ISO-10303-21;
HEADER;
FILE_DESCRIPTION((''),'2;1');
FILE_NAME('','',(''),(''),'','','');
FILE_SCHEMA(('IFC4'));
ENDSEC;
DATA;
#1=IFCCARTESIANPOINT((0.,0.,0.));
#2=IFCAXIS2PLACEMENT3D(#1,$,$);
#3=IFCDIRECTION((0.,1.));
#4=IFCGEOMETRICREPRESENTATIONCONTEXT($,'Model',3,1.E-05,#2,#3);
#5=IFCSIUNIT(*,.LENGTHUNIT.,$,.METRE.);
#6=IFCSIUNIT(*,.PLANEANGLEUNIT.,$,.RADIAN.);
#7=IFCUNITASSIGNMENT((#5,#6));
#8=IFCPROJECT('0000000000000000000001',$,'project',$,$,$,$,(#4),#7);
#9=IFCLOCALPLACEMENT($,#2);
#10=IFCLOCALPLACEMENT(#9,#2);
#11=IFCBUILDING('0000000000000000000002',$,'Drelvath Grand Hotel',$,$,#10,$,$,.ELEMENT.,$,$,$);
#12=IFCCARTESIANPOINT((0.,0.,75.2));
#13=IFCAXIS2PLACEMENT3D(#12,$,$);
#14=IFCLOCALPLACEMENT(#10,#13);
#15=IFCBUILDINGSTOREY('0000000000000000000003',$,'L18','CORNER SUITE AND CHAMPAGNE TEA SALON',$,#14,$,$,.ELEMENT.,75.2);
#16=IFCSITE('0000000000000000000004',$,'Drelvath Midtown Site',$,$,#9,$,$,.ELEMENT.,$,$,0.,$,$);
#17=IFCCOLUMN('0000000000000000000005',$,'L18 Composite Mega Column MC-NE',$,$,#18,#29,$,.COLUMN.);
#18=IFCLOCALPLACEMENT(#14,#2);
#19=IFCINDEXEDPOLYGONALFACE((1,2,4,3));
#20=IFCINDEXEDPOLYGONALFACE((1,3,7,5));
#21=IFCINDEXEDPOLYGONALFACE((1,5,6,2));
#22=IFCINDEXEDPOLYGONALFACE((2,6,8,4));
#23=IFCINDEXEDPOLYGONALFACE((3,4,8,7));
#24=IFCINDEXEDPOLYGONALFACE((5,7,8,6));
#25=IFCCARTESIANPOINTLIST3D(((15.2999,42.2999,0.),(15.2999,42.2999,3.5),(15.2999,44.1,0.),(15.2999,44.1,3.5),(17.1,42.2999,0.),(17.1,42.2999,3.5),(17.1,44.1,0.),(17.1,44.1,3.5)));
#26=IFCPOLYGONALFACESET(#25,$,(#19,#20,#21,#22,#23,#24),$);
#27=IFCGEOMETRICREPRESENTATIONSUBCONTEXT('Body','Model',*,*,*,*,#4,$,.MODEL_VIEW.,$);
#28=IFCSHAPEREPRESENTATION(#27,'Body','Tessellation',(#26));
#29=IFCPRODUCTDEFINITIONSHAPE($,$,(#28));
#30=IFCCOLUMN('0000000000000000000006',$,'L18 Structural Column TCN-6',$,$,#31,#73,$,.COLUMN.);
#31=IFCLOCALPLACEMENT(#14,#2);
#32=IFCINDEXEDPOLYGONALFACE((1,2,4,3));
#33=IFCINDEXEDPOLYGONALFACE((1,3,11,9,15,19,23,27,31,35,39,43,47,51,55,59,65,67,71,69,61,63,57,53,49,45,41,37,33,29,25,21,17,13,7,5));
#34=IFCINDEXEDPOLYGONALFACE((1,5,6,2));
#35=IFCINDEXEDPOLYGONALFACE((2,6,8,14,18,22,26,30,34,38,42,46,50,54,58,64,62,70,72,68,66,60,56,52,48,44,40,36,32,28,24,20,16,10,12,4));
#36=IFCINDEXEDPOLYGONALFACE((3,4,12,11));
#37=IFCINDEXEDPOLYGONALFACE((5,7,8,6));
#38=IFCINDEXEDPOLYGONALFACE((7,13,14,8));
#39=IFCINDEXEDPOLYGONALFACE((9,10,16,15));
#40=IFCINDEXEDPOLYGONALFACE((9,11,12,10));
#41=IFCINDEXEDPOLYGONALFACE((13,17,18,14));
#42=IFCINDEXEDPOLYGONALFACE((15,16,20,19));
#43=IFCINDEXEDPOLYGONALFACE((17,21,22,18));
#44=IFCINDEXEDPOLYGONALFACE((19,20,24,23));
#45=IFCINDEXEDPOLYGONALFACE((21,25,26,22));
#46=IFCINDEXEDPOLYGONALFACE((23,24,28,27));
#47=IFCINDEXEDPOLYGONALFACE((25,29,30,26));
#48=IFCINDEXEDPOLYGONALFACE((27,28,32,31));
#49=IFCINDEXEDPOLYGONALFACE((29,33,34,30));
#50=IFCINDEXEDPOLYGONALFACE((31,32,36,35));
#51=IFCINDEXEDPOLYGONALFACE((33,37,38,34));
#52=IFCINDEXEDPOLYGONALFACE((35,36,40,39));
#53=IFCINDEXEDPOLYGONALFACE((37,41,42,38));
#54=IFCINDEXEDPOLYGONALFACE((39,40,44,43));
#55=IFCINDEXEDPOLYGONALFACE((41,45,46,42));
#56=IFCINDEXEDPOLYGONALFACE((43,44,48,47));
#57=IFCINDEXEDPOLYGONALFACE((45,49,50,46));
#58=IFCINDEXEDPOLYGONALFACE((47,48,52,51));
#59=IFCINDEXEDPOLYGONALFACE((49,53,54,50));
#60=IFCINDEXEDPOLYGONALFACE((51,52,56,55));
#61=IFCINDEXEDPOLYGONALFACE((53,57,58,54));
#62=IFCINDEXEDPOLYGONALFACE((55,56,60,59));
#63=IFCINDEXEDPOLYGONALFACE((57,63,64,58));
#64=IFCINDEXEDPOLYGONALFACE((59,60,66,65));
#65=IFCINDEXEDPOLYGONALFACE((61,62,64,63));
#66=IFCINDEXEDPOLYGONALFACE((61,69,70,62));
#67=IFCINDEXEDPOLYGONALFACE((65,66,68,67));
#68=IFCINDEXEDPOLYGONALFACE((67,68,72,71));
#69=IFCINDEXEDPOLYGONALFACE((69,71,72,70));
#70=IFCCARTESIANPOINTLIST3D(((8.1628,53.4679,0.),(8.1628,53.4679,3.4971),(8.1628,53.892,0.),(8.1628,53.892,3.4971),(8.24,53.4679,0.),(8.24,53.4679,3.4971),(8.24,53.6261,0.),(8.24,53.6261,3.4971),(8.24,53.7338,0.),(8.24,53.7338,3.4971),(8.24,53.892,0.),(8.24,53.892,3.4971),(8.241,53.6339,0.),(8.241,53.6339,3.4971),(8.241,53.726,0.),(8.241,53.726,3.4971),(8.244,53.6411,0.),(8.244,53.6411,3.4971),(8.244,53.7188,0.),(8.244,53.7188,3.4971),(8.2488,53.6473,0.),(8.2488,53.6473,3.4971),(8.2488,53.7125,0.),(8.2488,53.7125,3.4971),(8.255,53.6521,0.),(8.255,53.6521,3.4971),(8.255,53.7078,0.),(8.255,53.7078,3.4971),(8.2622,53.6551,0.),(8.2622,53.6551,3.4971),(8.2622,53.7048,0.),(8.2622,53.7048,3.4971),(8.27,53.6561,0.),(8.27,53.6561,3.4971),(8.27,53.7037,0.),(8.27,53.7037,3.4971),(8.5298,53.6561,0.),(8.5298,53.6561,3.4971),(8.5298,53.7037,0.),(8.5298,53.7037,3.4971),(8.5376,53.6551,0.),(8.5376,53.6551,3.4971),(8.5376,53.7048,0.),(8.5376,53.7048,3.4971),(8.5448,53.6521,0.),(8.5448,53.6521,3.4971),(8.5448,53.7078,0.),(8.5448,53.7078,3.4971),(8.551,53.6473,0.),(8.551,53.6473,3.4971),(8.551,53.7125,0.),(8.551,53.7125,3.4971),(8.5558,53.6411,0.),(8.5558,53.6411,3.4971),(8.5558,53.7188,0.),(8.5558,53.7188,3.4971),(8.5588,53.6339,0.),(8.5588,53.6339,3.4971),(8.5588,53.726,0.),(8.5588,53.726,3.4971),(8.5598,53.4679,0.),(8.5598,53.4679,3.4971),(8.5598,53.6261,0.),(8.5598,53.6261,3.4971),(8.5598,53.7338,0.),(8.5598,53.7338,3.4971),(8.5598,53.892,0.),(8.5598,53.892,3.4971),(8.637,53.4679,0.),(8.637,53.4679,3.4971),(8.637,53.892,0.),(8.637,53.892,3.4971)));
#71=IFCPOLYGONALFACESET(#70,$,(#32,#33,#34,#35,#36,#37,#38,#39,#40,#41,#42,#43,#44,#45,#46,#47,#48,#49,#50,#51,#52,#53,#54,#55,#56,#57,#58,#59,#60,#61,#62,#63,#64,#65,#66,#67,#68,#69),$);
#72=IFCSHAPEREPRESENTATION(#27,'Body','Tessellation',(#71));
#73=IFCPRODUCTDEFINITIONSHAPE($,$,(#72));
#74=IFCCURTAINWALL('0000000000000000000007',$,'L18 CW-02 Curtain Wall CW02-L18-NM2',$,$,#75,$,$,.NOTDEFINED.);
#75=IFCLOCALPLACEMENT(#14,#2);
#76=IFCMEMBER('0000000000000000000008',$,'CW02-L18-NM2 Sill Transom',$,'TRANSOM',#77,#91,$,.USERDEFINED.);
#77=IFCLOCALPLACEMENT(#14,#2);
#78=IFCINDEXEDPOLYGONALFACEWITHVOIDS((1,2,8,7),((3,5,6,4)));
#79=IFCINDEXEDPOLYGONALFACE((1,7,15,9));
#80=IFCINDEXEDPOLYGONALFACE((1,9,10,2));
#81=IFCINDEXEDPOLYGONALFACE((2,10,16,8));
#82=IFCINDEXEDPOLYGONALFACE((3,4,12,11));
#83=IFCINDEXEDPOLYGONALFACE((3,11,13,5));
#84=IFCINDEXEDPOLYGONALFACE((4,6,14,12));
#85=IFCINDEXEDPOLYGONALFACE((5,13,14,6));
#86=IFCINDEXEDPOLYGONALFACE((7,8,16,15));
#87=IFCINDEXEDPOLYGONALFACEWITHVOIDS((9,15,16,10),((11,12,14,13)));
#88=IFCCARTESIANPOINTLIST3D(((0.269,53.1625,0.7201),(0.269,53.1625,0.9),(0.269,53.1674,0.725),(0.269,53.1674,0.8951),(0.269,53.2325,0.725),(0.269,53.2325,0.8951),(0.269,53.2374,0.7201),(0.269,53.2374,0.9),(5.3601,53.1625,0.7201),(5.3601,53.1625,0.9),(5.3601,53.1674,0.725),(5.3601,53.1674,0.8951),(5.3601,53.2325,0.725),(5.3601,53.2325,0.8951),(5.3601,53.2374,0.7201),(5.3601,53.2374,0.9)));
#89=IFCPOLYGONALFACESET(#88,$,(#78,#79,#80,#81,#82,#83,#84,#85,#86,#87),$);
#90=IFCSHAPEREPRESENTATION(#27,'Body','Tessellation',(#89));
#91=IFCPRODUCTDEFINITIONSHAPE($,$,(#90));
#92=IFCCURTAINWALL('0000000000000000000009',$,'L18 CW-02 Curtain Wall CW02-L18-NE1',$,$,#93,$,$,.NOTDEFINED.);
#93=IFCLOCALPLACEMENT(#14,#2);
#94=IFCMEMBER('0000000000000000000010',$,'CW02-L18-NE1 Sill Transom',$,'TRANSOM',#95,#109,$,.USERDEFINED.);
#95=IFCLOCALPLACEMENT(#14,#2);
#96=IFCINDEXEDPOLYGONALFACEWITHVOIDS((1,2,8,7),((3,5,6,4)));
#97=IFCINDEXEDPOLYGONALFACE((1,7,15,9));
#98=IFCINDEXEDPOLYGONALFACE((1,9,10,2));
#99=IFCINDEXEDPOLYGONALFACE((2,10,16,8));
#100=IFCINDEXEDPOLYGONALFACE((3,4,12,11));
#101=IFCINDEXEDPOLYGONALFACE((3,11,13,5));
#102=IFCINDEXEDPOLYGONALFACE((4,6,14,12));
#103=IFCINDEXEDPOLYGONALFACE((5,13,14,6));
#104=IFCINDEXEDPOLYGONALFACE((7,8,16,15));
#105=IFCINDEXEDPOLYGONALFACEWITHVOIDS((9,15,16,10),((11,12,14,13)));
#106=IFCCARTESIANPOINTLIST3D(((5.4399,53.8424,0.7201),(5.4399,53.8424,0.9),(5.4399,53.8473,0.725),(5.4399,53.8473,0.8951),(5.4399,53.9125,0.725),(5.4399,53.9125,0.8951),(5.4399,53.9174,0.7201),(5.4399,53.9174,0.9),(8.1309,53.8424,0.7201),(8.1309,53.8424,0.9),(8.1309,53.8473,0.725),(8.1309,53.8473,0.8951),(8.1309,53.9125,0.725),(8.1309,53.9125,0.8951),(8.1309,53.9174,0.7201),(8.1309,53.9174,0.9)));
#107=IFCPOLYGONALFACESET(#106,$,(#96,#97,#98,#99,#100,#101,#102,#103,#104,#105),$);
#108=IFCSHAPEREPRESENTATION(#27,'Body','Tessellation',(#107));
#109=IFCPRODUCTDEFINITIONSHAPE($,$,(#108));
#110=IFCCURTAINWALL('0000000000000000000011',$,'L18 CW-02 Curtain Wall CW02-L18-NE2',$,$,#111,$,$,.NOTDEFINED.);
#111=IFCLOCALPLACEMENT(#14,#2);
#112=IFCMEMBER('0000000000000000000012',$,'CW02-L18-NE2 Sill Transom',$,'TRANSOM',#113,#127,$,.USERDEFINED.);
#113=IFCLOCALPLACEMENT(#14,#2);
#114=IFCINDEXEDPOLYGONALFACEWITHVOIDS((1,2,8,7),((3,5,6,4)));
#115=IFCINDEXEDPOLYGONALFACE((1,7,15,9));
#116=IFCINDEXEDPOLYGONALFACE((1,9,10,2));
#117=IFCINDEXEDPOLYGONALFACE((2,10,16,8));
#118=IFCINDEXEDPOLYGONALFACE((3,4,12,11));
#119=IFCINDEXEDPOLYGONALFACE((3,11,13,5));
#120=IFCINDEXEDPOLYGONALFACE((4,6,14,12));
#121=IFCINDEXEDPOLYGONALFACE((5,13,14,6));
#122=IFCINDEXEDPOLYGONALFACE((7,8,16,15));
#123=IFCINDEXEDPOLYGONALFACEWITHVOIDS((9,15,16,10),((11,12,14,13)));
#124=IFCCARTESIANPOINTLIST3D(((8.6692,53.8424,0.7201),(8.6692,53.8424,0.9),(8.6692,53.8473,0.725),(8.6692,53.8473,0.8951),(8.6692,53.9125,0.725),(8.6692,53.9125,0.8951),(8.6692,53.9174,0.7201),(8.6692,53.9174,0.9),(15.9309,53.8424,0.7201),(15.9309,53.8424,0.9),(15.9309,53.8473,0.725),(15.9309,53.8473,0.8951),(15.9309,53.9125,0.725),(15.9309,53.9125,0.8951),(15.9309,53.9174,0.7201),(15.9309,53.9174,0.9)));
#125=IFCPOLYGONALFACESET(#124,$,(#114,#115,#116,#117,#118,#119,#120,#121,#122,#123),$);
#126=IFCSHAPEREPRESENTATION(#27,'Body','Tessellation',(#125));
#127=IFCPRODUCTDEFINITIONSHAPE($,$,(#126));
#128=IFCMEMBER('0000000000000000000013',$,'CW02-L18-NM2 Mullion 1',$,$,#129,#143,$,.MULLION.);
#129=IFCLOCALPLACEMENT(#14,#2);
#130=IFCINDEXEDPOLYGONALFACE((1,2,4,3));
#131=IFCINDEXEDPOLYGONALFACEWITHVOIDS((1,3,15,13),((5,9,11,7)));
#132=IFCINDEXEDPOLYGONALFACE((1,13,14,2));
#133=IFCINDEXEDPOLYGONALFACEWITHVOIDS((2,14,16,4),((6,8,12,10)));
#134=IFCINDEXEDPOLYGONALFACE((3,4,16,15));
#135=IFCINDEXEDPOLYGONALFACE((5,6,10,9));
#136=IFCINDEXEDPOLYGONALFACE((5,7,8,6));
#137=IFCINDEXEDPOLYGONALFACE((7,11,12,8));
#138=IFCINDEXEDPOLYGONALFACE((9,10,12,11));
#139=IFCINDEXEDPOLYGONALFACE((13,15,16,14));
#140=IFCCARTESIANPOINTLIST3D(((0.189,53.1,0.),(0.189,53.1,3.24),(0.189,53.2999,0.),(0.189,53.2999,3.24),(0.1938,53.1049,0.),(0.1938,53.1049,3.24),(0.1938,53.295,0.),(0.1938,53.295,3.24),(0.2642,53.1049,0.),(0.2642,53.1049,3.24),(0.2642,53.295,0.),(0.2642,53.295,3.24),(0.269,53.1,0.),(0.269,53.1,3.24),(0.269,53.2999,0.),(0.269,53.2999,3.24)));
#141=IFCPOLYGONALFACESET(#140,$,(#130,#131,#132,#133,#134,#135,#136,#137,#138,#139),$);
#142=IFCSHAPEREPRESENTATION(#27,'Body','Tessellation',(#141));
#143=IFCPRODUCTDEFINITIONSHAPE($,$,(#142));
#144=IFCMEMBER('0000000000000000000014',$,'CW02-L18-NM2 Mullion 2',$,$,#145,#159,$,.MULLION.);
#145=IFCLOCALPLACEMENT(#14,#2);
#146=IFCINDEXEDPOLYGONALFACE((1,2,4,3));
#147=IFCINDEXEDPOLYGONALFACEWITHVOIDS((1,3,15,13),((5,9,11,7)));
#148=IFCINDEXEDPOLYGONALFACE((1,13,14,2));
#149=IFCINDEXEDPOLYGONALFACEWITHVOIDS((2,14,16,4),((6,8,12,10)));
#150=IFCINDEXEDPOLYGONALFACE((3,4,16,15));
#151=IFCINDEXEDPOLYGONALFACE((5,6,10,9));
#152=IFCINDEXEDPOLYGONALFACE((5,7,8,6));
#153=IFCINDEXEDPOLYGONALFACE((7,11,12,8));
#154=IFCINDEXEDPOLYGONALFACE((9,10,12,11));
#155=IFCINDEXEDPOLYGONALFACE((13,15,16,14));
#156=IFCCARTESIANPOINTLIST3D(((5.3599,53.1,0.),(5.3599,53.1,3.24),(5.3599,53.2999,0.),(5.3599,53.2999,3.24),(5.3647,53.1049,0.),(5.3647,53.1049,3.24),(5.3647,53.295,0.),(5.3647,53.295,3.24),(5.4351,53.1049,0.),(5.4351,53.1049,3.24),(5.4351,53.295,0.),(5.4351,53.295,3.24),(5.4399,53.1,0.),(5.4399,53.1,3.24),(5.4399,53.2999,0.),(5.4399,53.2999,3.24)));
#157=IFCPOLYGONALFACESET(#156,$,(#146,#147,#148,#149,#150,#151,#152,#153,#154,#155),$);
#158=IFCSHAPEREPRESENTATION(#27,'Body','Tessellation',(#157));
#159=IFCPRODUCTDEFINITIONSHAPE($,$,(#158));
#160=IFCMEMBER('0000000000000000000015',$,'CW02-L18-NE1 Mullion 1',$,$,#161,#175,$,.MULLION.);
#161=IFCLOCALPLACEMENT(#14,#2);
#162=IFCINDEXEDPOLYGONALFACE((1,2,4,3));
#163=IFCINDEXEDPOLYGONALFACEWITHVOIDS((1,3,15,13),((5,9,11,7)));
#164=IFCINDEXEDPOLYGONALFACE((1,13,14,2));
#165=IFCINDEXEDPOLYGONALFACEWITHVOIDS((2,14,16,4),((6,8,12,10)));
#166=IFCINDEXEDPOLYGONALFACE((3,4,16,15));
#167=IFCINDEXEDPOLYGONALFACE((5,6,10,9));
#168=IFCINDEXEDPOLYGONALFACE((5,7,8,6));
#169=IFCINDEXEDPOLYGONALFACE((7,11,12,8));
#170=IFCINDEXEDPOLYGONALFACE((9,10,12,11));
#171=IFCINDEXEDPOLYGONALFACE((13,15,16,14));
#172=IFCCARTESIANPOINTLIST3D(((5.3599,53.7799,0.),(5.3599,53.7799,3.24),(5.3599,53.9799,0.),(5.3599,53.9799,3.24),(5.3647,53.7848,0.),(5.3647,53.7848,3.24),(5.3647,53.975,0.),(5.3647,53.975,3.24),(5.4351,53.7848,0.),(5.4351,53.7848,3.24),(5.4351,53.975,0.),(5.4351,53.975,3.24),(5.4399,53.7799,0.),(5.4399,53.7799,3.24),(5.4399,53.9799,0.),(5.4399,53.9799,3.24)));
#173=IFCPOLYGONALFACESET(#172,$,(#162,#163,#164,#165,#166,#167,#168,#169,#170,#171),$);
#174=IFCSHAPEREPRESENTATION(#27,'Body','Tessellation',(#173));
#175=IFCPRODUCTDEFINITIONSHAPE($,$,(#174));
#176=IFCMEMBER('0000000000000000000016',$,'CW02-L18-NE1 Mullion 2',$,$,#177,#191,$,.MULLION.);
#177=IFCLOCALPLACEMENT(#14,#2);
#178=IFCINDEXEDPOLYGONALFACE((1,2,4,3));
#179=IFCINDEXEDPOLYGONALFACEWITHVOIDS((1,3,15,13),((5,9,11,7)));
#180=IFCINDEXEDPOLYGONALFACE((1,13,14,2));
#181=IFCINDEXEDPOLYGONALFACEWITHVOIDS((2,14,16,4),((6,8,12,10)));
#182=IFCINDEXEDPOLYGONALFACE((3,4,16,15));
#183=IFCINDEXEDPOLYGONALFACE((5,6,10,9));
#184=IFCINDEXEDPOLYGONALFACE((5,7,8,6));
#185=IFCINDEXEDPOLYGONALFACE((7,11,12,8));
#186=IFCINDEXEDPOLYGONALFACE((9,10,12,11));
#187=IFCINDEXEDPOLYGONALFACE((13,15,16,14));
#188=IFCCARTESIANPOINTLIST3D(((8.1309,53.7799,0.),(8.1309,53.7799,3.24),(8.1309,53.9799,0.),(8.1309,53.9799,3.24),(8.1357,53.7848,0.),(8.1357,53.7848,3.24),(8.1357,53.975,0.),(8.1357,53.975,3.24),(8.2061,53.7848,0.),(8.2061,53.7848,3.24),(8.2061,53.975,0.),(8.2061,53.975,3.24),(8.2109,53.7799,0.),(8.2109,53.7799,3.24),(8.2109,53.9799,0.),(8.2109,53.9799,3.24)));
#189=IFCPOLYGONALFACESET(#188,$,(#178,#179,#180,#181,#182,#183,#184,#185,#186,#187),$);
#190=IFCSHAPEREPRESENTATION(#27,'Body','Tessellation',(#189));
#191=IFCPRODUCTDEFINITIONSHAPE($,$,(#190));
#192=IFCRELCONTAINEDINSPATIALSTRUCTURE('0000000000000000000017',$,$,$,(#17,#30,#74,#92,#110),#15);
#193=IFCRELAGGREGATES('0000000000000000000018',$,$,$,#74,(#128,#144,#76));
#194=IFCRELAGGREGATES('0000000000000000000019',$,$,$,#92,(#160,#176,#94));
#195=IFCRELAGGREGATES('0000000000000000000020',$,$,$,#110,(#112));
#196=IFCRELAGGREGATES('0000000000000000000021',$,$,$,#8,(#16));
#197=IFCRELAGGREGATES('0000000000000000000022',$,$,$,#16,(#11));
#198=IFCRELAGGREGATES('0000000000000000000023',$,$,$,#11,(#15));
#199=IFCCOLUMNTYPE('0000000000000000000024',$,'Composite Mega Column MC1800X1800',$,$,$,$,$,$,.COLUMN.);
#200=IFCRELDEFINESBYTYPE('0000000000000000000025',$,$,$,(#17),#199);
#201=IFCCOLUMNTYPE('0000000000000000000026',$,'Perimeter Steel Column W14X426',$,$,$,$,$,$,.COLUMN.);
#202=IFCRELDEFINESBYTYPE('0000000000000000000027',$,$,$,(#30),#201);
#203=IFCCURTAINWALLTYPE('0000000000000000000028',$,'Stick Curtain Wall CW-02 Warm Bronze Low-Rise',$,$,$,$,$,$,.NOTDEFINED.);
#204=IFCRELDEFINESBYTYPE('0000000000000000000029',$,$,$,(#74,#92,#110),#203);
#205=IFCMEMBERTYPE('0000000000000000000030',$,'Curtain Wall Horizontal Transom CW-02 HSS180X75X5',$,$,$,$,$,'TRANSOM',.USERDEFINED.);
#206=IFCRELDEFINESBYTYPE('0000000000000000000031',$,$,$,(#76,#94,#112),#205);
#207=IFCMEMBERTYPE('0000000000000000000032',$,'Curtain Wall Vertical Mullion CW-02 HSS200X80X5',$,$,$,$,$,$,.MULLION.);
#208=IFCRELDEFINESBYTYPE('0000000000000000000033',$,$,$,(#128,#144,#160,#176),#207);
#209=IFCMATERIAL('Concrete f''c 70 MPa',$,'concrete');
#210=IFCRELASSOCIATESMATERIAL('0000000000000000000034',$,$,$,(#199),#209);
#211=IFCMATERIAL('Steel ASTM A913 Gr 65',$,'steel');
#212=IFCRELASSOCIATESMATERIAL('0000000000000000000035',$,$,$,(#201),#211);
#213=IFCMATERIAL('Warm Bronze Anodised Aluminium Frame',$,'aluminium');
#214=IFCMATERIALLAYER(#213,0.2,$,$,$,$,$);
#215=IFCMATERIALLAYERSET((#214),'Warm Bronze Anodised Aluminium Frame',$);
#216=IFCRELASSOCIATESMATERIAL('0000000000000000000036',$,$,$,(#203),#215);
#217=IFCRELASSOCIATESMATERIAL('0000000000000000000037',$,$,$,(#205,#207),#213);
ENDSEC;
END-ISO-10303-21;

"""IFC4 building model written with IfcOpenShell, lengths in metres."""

from ifc_helpers import new_model, si_unit, direction, frame, origin, origin_2d, place, context, subcontext, project, spatial, rectangle, hollow_rectangle, i_section, extrude, material, layer, layer_set, material_profile, profile_set, type_object, element, aggregate, save


model = new_model("IFC4")

# Units and contexts
model_context = context("Model", 3, precision=1e-05, world=origin(), true_north=direction((0.0, 1.0)))
body_context = subcontext(model_context, "Body", "Model", "MODEL_VIEW")
ifc_project = project(units=[si_unit("LENGTHUNIT", "METRE"), si_unit("PLANEANGLEUNIT", "RADIAN")], contexts=[model_context])

# Site, building, storey
site_placement = place(None, origin())
site = spatial("IfcSite", under=ifc_project, at=site_placement, Name="Drelvath Midtown Site", CompositionType="ELEMENT", RefElevation=0.0)
building_placement = place(site_placement, origin())
building = spatial("IfcBuilding", under=site, at=building_placement, Name="Drelvath Grand Hotel", CompositionType="ELEMENT")
storey_placement = place(building_placement, frame((0.0, 0.0, 75.2)))
storey = spatial("IfcBuildingStorey", under=building, at=storey_placement, Name="L18", Description="CORNER SUITE AND CHAMPAGNE TEA SALON", CompositionType="ELEMENT", Elevation=75.2)

# Columns
ifc_material_1 = material(Name="Concrete f'c 70 MPa", Category="concrete")
ifc_material_profile_1 = material_profile(ifc_material_1, rectangle(XDim=1.8, YDim=1.8, at=origin_2d()), Name="MC1800X1800")
ifc_profile_set_1 = profile_set([ifc_material_profile_1], Name="Concrete f'c 70 MPa")
column_type_1 = type_object("IfcColumnType", Name="Composite Mega Column MC1800X1800", PredefinedType="COLUMN", material=ifc_profile_set_1)
column_1_placement = place(storey_placement, frame((16.2, 43.2, 0.0), z_axis=(0.0, 0.0, 1.0), x_axis=(1.0, 0.0, 0.0)))
element("IfcColumn", 1, at=column_1_placement, inside=storey, type_object=column_type_1, Name="L18 Composite Mega Column MC-NE", PredefinedType="COLUMN", context=body_context, shape_type="SweptSolid", body=[
    extrude(rectangle(XDim=1.8, YDim=1.8, at=origin_2d()), origin(), (0.0, 0.0, 1.0), 3.5),
])
ifc_material_2 = material(Name="Steel ASTM A913 Gr 65", Category="steel")
ifc_material_profile_2 = material_profile(ifc_material_2, i_section(OverallWidth=0.4241, OverallDepth=0.4741, WebThickness=0.0476, FlangeThickness=0.0771, FilletRadius=0.03, at=origin_2d()), Name="W14X426")
ifc_profile_set_2 = profile_set([ifc_material_profile_2], Name="Steel ASTM A913 Gr 65")
column_type_2 = type_object("IfcColumnType", Name="Perimeter Steel Column W14X426", PredefinedType="COLUMN", material=ifc_profile_set_2)
column_2_placement = place(storey_placement, frame((8.3999, 53.6799, 0.0), z_axis=(0.0, 0.0, 1.0), x_axis=(0.0, 1.0, 0.0)))
element("IfcColumn", 2, at=column_2_placement, inside=storey, type_object=column_type_2, Name="L18 Structural Column TCN-6", PredefinedType="COLUMN", context=body_context, shape_type="SweptSolid", body=[
    extrude(i_section(OverallWidth=0.4241, OverallDepth=0.4741, WebThickness=0.0476, FlangeThickness=0.0771, FilletRadius=0.03, at=origin_2d()), origin(), (0.0, 0.0, 1.0), 3.4971),
])

# Curtain walls, members
ifc_material_3 = material(Name="Warm Bronze Anodised Aluminium Frame", Category="aluminium")
ifc_layer_1 = layer(ifc_material_3, 0.2)
ifc_layer_set_1 = layer_set([ifc_layer_1], Name="Warm Bronze Anodised Aluminium Frame")
curtain_wall_type = type_object("IfcCurtainWallType", Name="Stick Curtain Wall CW-02 Warm Bronze Low-Rise", PredefinedType="NOTDEFINED", material=ifc_layer_set_1)
curtain_wall_1_placement = place(storey_placement, origin())
curtain_wall_1 = element("IfcCurtainWall", 3, at=curtain_wall_1_placement, inside=storey, type_object=curtain_wall_type, Name="L18 CW-02 Curtain Wall CW02-L18-NM2", PredefinedType="NOTDEFINED")
ifc_material_profile_3 = material_profile(ifc_material_3, hollow_rectangle(XDim=0.075, YDim=0.1799, WallThickness=0.0049, at=origin_2d()), Name="HSS180X75X5")
ifc_profile_set_3 = profile_set([ifc_material_profile_3], Name="Warm Bronze Anodised Aluminium Frame")
member_type_1 = type_object("IfcMemberType", Name="Curtain Wall Horizontal Transom CW-02 HSS180X75X5", ElementType="TRANSOM", PredefinedType="USERDEFINED", material=ifc_profile_set_3)
member_1_placement = place(storey_placement, frame((0.269, 53.2, 0.8101), z_axis=(1.0, 0.0, 0.0), x_axis=(0.0, 1.0, 0.0)))
member_1 = element("IfcMember", 4, at=member_1_placement, type_object=member_type_1, Name="CW02-L18-NM2 Sill Transom", ObjectType="TRANSOM", PredefinedType="USERDEFINED", context=body_context, shape_type="SweptSolid", body=[
    extrude(hollow_rectangle(XDim=0.075, YDim=0.1799, WallThickness=0.0049, at=origin_2d()), origin(), (0.0, 0.0, 1.0), 5.0911),
])
curtain_wall_2_placement = place(storey_placement, origin())
curtain_wall_2 = element("IfcCurtainWall", 5, at=curtain_wall_2_placement, inside=storey, type_object=curtain_wall_type, Name="L18 CW-02 Curtain Wall CW02-L18-NE1", PredefinedType="NOTDEFINED")
member_2_placement = place(storey_placement, frame((5.4399, 53.8799, 0.8101), z_axis=(1.0, 0.0, 0.0), x_axis=(0.0, 1.0, 0.0)))
member_2 = element("IfcMember", 6, at=member_2_placement, type_object=member_type_1, Name="CW02-L18-NE1 Sill Transom", ObjectType="TRANSOM", PredefinedType="USERDEFINED", context=body_context, shape_type="SweptSolid", body=[
    extrude(hollow_rectangle(XDim=0.075, YDim=0.1799, WallThickness=0.0049, at=origin_2d()), origin(), (0.0, 0.0, 1.0), 2.6909),
])
curtain_wall_3_placement = place(storey_placement, origin())
curtain_wall_3 = element("IfcCurtainWall", 7, at=curtain_wall_3_placement, inside=storey, type_object=curtain_wall_type, Name="L18 CW-02 Curtain Wall CW02-L18-NE2", PredefinedType="NOTDEFINED")
member_3_placement = place(storey_placement, frame((8.6692, 53.8799, 0.8101), z_axis=(1.0, 0.0, 0.0), x_axis=(0.0, 1.0, 0.0)))
member_3 = element("IfcMember", 8, at=member_3_placement, type_object=member_type_1, Name="CW02-L18-NE2 Sill Transom", ObjectType="TRANSOM", PredefinedType="USERDEFINED", context=body_context, shape_type="SweptSolid", body=[
    extrude(hollow_rectangle(XDim=0.075, YDim=0.1799, WallThickness=0.0049, at=origin_2d()), origin(), (0.0, 0.0, 1.0), 7.2617),
])

# Members
ifc_material_profile_4 = material_profile(ifc_material_3, hollow_rectangle(XDim=0.0801, YDim=0.2, WallThickness=0.0049, at=origin_2d()), Name="HSS200X80X5")
ifc_profile_set_4 = profile_set([ifc_material_profile_4], Name="Warm Bronze Anodised Aluminium Frame")
member_type_2 = type_object("IfcMemberType", Name="Curtain Wall Vertical Mullion CW-02 HSS200X80X5", PredefinedType="MULLION", material=ifc_profile_set_4)
member_4_placement = place(storey_placement, frame((0.229, 53.2, 0.0), z_axis=(0.0, 0.0, 1.0), x_axis=(1.0, 0.0, 0.0)))
member_4 = element("IfcMember", 9, at=member_4_placement, type_object=member_type_2, Name="CW02-L18-NM2 Mullion 1", PredefinedType="MULLION", context=body_context, shape_type="SweptSolid", body=[
    extrude(hollow_rectangle(XDim=0.0801, YDim=0.2, WallThickness=0.0049, at=origin_2d()), origin(), (0.0, 0.0, 1.0), 3.24),
])
member_5_placement = place(storey_placement, frame((5.3999, 53.2, 0.0), z_axis=(0.0, 0.0, 1.0), x_axis=(1.0, 0.0, 0.0)))
member_5 = element("IfcMember", 10, at=member_5_placement, type_object=member_type_2, Name="CW02-L18-NM2 Mullion 2", PredefinedType="MULLION", context=body_context, shape_type="SweptSolid", body=[
    extrude(hollow_rectangle(XDim=0.0801, YDim=0.2, WallThickness=0.0049, at=origin_2d()), origin(), (0.0, 0.0, 1.0), 3.24),
])
member_6_placement = place(storey_placement, frame((5.3999, 53.8799, 0.0), z_axis=(0.0, 0.0, 1.0), x_axis=(1.0, 0.0, 0.0)))
member_6 = element("IfcMember", 11, at=member_6_placement, type_object=member_type_2, Name="CW02-L18-NE1 Mullion 1", PredefinedType="MULLION", context=body_context, shape_type="SweptSolid", body=[
    extrude(hollow_rectangle(XDim=0.0801, YDim=0.2, WallThickness=0.0049, at=origin_2d()), origin(), (0.0, 0.0, 1.0), 3.24),
])
member_7_placement = place(storey_placement, frame((8.1709, 53.8799, 0.0), z_axis=(0.0, 0.0, 1.0), x_axis=(1.0, 0.0, 0.0)))
member_7 = element("IfcMember", 12, at=member_7_placement, type_object=member_type_2, Name="CW02-L18-NE1 Mullion 2", PredefinedType="MULLION", context=body_context, shape_type="SweptSolid", body=[
    extrude(hollow_rectangle(XDim=0.0801, YDim=0.2, WallThickness=0.0049, at=origin_2d()), origin(), (0.0, 0.0, 1.0), 3.24),
])

aggregate(curtain_wall_1, [member_4, member_5, member_1])
aggregate(curtain_wall_2, [member_6, member_7, member_2])
aggregate(curtain_wall_3, [member_3])

save(model, "model.ifc")
